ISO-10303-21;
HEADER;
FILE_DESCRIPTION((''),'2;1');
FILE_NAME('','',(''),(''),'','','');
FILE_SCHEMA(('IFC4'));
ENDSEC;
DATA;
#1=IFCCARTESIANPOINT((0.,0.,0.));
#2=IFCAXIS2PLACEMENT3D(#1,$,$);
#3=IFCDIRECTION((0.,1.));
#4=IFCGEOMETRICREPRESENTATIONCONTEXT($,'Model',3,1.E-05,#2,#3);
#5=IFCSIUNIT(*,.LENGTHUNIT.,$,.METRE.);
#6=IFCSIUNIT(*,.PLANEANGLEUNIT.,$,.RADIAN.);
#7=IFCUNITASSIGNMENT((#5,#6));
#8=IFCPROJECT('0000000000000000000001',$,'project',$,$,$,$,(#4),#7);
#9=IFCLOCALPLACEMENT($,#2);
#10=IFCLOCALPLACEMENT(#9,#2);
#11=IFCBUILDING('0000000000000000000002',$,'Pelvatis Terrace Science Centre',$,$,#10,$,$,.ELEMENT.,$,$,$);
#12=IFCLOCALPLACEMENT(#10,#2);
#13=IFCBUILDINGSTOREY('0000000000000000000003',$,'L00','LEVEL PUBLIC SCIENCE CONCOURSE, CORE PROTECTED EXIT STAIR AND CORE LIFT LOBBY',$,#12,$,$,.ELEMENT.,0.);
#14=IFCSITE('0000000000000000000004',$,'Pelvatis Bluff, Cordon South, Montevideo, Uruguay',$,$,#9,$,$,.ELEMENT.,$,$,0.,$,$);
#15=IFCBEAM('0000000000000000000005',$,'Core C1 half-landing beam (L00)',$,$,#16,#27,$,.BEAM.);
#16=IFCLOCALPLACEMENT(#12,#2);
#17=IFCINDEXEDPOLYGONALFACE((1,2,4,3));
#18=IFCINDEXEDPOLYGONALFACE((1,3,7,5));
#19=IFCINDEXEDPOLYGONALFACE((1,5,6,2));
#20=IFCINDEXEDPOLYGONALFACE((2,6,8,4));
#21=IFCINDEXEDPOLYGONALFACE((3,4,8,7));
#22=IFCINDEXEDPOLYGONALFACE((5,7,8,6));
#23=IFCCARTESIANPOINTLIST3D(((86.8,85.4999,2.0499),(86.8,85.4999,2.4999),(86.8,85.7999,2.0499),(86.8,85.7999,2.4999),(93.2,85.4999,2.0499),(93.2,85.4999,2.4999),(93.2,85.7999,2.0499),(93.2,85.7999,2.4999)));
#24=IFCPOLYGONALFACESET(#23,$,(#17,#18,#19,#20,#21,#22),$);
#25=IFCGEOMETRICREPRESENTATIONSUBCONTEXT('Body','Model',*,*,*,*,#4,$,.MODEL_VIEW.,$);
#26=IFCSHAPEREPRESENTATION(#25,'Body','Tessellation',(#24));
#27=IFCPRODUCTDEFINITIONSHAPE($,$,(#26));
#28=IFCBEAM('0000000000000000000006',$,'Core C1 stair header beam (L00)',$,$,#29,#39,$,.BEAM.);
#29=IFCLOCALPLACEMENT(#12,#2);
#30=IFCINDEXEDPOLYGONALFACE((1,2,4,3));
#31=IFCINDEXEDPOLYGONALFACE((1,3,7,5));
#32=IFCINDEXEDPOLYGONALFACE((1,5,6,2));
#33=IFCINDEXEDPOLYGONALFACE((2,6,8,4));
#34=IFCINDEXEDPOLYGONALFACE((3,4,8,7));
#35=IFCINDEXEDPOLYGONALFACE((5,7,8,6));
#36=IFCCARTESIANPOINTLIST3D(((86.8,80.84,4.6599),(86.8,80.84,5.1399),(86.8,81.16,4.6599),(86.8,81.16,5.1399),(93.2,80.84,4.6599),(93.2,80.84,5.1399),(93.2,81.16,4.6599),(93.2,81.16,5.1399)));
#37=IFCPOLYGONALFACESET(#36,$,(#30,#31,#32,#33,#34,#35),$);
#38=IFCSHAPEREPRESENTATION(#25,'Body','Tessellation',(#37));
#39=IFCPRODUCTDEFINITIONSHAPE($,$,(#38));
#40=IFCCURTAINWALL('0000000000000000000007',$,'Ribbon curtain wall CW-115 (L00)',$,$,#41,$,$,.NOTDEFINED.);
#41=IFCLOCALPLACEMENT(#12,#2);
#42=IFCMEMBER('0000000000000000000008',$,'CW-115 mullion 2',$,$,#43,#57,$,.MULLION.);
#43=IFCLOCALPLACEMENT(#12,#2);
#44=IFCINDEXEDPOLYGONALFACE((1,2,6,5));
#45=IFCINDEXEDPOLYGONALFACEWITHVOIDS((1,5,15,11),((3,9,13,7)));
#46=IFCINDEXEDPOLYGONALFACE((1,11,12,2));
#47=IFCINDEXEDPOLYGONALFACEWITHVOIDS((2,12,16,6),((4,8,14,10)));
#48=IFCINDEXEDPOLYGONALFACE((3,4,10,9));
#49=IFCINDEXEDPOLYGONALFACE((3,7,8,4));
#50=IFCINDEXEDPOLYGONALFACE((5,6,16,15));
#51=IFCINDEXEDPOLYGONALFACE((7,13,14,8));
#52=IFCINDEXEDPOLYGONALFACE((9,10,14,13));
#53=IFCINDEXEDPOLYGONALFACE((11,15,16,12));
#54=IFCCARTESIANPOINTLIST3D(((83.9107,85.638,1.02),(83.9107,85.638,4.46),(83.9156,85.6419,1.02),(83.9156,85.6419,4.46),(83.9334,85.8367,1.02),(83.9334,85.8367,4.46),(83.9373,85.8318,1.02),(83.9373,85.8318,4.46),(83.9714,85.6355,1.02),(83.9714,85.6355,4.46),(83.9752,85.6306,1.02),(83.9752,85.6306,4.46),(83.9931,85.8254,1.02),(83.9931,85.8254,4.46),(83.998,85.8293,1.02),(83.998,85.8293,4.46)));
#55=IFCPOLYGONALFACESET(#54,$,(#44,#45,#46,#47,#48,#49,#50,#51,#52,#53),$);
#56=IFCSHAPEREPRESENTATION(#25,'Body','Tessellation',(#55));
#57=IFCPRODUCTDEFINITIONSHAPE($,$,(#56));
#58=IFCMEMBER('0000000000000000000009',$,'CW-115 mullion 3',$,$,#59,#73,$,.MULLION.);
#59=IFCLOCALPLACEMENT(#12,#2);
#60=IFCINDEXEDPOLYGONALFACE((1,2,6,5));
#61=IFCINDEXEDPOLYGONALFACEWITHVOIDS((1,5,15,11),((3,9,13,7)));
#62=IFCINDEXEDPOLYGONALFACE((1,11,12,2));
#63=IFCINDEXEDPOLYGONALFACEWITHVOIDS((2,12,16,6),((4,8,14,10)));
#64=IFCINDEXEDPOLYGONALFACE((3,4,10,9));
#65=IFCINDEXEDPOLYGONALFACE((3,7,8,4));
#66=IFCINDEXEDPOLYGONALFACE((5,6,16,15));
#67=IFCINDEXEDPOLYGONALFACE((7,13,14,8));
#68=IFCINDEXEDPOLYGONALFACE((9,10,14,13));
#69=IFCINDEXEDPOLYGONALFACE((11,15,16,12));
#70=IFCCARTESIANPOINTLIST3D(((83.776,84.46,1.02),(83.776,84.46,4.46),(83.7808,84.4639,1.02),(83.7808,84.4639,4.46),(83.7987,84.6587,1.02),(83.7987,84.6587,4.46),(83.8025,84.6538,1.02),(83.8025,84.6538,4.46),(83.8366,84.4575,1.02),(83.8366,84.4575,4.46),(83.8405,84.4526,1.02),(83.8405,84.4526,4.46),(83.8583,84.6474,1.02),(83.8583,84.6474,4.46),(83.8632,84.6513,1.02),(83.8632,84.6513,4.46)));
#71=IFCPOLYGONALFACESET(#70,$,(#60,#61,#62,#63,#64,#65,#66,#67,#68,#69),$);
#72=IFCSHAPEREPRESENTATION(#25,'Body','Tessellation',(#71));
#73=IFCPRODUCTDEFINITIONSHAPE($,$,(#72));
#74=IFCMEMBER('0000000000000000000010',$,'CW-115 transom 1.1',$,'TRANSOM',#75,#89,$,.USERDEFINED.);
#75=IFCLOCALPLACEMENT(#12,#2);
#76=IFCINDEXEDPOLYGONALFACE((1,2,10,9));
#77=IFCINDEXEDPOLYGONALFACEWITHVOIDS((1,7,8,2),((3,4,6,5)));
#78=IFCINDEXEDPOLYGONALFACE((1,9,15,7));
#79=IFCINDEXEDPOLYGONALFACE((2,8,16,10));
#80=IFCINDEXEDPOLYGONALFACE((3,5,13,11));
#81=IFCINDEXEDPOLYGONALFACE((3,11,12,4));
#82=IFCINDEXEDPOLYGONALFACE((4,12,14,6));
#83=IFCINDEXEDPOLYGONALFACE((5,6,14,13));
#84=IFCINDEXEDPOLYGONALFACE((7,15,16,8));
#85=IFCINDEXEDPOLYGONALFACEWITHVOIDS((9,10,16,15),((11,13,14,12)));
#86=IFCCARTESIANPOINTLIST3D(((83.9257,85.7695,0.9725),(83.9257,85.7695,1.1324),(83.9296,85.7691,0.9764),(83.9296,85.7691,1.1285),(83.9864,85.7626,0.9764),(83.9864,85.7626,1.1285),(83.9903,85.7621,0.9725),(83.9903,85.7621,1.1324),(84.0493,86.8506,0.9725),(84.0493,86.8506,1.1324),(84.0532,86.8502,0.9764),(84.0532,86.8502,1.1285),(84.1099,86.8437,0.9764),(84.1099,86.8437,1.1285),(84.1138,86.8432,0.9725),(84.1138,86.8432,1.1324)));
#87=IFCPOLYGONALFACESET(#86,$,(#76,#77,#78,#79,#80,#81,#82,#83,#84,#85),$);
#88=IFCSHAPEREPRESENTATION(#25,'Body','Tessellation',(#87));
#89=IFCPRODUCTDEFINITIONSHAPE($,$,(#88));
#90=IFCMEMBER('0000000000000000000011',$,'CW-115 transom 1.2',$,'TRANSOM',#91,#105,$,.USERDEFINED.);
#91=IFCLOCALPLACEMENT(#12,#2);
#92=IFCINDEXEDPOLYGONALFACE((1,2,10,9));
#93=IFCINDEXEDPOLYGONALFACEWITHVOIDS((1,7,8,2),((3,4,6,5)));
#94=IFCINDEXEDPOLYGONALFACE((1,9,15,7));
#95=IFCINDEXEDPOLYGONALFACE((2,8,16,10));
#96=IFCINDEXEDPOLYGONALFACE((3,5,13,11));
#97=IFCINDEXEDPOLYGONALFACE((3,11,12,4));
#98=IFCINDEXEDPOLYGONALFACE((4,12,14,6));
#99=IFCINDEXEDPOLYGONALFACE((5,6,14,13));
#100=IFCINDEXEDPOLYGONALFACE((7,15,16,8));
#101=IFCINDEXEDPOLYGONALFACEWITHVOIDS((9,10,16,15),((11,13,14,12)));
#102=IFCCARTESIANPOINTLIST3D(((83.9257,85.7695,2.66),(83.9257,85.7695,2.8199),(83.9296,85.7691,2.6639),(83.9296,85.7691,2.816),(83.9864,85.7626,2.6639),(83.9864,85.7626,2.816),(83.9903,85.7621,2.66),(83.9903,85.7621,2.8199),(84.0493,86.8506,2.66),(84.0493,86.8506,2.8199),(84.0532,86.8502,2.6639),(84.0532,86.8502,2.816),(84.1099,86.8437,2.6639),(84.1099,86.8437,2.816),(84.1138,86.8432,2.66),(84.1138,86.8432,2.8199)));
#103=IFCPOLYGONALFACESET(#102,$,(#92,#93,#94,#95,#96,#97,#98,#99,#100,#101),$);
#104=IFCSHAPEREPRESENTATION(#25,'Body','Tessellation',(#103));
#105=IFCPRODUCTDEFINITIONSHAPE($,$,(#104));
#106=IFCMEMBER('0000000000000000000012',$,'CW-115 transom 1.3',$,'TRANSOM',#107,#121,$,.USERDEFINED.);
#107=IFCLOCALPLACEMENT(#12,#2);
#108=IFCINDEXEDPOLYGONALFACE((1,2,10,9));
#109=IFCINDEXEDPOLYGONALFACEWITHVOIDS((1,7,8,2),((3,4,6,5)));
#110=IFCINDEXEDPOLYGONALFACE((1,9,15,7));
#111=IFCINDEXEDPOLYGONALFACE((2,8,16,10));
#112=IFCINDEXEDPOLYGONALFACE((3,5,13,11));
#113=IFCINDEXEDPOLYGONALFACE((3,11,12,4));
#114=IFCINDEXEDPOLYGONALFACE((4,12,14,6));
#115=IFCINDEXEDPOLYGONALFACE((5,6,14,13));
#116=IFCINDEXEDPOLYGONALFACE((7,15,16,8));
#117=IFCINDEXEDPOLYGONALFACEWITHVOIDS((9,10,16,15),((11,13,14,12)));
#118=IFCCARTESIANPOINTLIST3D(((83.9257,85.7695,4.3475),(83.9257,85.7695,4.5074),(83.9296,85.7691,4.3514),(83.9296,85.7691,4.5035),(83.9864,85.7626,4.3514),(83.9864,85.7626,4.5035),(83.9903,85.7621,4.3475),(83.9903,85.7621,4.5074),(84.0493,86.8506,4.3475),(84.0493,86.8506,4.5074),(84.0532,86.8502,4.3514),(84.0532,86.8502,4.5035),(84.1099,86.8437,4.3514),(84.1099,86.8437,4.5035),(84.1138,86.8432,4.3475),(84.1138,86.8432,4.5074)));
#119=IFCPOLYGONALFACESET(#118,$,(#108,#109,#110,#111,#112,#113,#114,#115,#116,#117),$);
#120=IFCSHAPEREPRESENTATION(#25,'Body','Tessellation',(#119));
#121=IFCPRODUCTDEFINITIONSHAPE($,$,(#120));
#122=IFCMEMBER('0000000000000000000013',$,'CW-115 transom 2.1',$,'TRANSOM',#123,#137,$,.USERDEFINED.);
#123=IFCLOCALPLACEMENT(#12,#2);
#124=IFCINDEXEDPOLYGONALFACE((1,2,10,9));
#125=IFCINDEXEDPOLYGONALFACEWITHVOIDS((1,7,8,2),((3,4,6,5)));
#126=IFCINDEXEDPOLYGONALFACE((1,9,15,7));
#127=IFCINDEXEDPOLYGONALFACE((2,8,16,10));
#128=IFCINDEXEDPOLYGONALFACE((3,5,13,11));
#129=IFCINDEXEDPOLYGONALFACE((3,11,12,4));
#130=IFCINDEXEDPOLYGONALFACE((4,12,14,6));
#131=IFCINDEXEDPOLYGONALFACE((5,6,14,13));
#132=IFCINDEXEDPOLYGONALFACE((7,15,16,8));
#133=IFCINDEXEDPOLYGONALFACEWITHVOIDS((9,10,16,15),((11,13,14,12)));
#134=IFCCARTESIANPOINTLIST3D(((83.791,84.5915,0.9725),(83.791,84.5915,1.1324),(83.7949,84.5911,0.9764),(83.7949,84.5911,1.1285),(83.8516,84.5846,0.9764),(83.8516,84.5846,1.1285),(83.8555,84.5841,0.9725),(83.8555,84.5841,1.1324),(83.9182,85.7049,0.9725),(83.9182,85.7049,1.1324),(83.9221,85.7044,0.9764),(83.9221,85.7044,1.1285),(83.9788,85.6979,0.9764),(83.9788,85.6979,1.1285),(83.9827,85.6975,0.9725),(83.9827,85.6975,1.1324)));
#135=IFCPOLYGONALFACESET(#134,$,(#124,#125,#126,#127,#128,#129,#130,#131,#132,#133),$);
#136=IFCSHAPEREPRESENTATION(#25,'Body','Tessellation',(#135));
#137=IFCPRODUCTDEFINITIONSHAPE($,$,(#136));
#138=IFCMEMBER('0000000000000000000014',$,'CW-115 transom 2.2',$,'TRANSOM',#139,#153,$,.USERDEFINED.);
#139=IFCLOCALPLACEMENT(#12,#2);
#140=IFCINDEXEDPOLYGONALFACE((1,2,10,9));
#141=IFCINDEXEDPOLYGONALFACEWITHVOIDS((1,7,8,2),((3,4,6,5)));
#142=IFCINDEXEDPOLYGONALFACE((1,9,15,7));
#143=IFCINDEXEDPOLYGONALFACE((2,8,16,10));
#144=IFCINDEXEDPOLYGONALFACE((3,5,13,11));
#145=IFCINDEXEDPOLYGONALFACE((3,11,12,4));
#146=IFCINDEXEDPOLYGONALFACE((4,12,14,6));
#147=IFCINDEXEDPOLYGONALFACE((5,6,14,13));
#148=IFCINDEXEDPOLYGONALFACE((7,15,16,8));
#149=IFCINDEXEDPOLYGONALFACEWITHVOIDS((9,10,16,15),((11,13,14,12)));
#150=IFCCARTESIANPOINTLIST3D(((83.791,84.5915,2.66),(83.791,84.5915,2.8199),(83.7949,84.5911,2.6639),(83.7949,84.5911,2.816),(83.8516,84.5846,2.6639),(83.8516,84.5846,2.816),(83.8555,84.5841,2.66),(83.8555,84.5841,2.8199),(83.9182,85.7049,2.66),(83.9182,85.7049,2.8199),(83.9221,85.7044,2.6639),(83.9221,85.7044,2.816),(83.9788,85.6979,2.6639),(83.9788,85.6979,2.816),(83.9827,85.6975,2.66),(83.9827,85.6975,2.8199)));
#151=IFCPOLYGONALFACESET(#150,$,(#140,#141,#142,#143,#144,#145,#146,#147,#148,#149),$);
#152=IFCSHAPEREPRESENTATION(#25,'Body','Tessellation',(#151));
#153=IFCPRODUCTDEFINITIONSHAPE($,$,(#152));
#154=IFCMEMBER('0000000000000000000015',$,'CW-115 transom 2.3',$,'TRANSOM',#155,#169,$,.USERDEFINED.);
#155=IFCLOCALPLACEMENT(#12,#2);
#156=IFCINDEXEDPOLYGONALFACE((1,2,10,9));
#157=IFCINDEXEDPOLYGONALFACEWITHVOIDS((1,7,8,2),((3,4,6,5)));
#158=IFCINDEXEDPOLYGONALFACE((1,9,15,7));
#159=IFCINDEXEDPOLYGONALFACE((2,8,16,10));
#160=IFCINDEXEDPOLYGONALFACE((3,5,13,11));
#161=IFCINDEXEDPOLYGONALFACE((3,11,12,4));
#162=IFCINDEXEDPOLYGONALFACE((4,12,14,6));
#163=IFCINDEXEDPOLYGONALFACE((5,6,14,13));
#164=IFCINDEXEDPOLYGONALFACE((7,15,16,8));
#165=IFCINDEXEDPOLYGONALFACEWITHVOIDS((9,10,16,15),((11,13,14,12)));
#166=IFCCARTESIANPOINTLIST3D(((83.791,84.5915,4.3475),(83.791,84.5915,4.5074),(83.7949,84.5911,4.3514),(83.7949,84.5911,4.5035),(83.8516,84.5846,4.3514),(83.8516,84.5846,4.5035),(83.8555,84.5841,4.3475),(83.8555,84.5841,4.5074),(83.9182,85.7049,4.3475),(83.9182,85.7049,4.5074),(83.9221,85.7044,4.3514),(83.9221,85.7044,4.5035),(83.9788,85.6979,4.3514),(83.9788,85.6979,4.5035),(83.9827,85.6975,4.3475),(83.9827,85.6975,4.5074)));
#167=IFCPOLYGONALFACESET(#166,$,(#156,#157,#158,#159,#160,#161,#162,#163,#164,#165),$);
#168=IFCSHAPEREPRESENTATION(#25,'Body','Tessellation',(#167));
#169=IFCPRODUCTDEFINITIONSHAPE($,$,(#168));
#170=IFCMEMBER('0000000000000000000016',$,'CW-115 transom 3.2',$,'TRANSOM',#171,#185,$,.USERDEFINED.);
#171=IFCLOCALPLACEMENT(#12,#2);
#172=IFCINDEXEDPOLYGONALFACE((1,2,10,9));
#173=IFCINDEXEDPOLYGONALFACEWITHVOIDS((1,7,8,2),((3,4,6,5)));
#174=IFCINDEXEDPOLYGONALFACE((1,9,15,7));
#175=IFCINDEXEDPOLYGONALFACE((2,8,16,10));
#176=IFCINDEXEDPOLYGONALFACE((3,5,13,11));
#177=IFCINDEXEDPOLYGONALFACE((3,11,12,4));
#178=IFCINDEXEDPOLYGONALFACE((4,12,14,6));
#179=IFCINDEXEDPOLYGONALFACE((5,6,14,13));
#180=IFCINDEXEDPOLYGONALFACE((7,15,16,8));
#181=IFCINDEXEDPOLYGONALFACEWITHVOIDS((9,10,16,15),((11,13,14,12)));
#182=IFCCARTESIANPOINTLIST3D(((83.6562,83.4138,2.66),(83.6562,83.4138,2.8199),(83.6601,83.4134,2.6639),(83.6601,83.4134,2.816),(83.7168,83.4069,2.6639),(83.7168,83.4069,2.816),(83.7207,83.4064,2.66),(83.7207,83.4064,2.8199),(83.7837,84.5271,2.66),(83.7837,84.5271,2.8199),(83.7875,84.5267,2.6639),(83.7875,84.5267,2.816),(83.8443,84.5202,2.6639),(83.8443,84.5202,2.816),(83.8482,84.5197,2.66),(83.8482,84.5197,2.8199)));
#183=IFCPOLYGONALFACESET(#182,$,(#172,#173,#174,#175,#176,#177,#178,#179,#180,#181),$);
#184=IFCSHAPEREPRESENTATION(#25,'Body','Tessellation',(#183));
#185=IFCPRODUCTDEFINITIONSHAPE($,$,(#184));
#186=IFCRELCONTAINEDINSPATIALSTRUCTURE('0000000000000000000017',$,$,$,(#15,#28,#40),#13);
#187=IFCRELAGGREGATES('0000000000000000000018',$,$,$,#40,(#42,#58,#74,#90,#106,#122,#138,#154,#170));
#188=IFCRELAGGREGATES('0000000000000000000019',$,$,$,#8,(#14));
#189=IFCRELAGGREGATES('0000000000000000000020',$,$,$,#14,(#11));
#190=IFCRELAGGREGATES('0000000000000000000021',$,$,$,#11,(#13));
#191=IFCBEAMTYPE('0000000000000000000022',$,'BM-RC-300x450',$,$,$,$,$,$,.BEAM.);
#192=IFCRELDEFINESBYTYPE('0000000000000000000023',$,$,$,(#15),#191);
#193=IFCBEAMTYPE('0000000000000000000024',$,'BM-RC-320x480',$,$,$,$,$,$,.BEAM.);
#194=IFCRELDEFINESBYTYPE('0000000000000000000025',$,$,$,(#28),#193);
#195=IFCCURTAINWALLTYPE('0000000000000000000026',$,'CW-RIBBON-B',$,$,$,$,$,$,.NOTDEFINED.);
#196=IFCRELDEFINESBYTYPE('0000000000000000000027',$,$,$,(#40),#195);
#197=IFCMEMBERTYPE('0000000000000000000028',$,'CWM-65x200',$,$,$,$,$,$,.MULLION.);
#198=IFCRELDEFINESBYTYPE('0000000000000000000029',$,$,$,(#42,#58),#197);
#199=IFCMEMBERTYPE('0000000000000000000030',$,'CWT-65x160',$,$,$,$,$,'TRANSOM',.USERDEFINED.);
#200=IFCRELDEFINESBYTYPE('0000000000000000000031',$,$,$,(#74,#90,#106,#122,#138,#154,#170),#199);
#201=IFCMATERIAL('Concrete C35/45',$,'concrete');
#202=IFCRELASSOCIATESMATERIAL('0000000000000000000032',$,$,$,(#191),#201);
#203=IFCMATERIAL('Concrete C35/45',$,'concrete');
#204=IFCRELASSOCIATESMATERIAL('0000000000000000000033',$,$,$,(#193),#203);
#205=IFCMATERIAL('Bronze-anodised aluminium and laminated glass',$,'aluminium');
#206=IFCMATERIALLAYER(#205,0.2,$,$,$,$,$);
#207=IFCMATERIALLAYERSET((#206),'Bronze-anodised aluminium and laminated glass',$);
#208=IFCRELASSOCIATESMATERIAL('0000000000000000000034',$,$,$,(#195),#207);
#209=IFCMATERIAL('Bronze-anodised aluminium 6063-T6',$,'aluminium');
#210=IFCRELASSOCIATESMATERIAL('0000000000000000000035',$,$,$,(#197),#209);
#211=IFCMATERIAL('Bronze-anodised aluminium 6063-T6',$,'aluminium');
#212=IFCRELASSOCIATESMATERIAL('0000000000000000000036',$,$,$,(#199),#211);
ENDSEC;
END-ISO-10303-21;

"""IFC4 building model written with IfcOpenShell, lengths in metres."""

from ifc_helpers import new_model, si_unit, direction, frame, origin, origin_2d, place, context, subcontext, project, spatial, rectangle, hollow_rectangle, extrude, material, layer, layer_set, material_profile, profile_set, type_object, element, aggregate, save


model = new_model("IFC4")

# Units and contexts
model_context = context("Model", 3, precision=1e-05, world=origin(), true_north=direction((0.0, 1.0)))
body_context = subcontext(model_context, "Body", "Model", "MODEL_VIEW")
ifc_project = project(units=[si_unit("LENGTHUNIT", "METRE"), si_unit("PLANEANGLEUNIT", "RADIAN")], contexts=[model_context])

# Site, building, storey
site_placement = place(None, origin())
site = spatial("IfcSite", under=ifc_project, at=site_placement, Name="Pelvatis Bluff, Cordon South, Montevideo, Uruguay", CompositionType="ELEMENT", RefElevation=0.0)
building_placement = place(site_placement, origin())
building = spatial("IfcBuilding", under=site, at=building_placement, Name="Pelvatis Terrace Science Centre", CompositionType="ELEMENT")
storey_placement = place(building_placement, origin())
storey = spatial("IfcBuildingStorey", under=building, at=storey_placement, Name="L00", Description="LEVEL PUBLIC SCIENCE CONCOURSE, CORE PROTECTED EXIT STAIR AND CORE LIFT LOBBY", CompositionType="ELEMENT", Elevation=0.0)

# Beams
ifc_material_1 = material(Name="Concrete C35/45", Category="concrete")
ifc_material_profile_1 = material_profile(ifc_material_1, rectangle(XDim=0.3, YDim=0.45, at=origin_2d()), Name="RC-BM 300x450")
ifc_profile_set_1 = profile_set([ifc_material_profile_1], Name="Concrete C35/45")
beam_type_1 = type_object("IfcBeamType", Name="BM-RC-300x450", PredefinedType="BEAM", material=ifc_profile_set_1)
beam_1_placement = place(storey_placement, frame((86.8, 85.6499, 2.2749), z_axis=(1.0, 0.0, 0.0), x_axis=(0.0, 1.0, 0.0)))
element("IfcBeam", 1, at=beam_1_placement, inside=storey, type_object=beam_type_1, Name="Core C1 half-landing beam (L00)", PredefinedType="BEAM", context=body_context, shape_type="SweptSolid", body=[
    extrude(rectangle(XDim=0.3, YDim=0.45, at=origin_2d()), origin(), (0.0, 0.0, 1.0), 6.3999),
])
ifc_material_2 = material(Name="Concrete C35/45", Category="concrete")
ifc_material_profile_2 = material_profile(ifc_material_2, rectangle(XDim=0.3201, YDim=0.48, at=origin_2d()), Name="RC-BM 320x480")
ifc_profile_set_2 = profile_set([ifc_material_profile_2], Name="Concrete C35/45")
beam_type_2 = type_object("IfcBeamType", Name="BM-RC-320x480", PredefinedType="BEAM", material=ifc_profile_set_2)
beam_2_placement = place(storey_placement, frame((86.8, 81.0, 4.8999), z_axis=(1.0, 0.0, 0.0), x_axis=(0.0, 1.0, 0.0)))
element("IfcBeam", 2, at=beam_2_placement, inside=storey, type_object=beam_type_2, Name="Core C1 stair header beam (L00)", PredefinedType="BEAM", context=body_context, shape_type="SweptSolid", body=[
    extrude(rectangle(XDim=0.3201, YDim=0.48, at=origin_2d()), origin(), (0.0, 0.0, 1.0), 6.3999),
])

# Curtain wall, members
ifc_material_3 = material(Name="Bronze-anodised aluminium and laminated glass", Category="aluminium")
ifc_layer_1 = layer(ifc_material_3, 0.2)
ifc_layer_set_1 = layer_set([ifc_layer_1], Name="Bronze-anodised aluminium and laminated glass")
curtain_wall_type = type_object("IfcCurtainWallType", Name="CW-RIBBON-B", PredefinedType="NOTDEFINED", material=ifc_layer_set_1)
curtain_wall_placement = place(storey_placement, origin())
curtain_wall = element("IfcCurtainWall", 3, at=curtain_wall_placement, inside=storey, type_object=curtain_wall_type, Name="Ribbon curtain wall CW-115 (L00)", PredefinedType="NOTDEFINED")
ifc_material_4 = material(Name="Bronze-anodised aluminium 6063-T6", Category="aluminium")
ifc_material_profile_3 = material_profile(ifc_material_4, hollow_rectangle(XDim=0.0649, YDim=0.2, WallThickness=0.0044, at=origin_2d()), Name="ALU-MUL 65x200")
ifc_profile_set_3 = profile_set([ifc_material_profile_3], Name="Bronze-anodised aluminium 6063-T6")
member_type_1 = type_object("IfcMemberType", Name="CWM-65x200", PredefinedType="MULLION", material=ifc_profile_set_3)
member_1_placement = place(storey_placement, frame((83.9543, 85.7336, 1.02), z_axis=(0.0, 0.0, 1.0), x_axis=(0.993519, -0.113662, 0.0)))
member_1 = element("IfcMember", 4, at=member_1_placement, type_object=member_type_1, Name="CW-115 mullion 2", PredefinedType="MULLION", context=body_context, shape_type="SweptSolid", body=[
    extrude(hollow_rectangle(XDim=0.0649, YDim=0.2, WallThickness=0.0044, at=origin_2d()), origin(), (0.0, 0.0, 1.0), 3.4399),
])
member_2_placement = place(storey_placement, frame((83.8196, 84.5557, 1.02), z_axis=(0.0, 0.0, 1.0), x_axis=(0.993519, -0.113662, 0.0)))
member_2 = element("IfcMember", 5, at=member_2_placement, type_object=member_type_1, Name="CW-115 mullion 3", PredefinedType="MULLION", context=body_context, shape_type="SweptSolid", body=[
    extrude(hollow_rectangle(XDim=0.0649, YDim=0.2, WallThickness=0.0044, at=origin_2d()), origin(), (0.0, 0.0, 1.0), 3.4399),
])
ifc_material_5 = material(Name="Bronze-anodised aluminium 6063-T6", Category="aluminium")
ifc_material_profile_4 = material_profile(ifc_material_5, hollow_rectangle(XDim=0.0649, YDim=0.1599, WallThickness=0.0039, at=origin_2d()), Name="ALU-TRN 65x160")
ifc_profile_set_4 = profile_set([ifc_material_profile_4], Name="Bronze-anodised aluminium 6063-T6")
member_type_2 = type_object("IfcMemberType", Name="CWT-65x160", ElementType="TRANSOM", PredefinedType="USERDEFINED", material=ifc_profile_set_4)
member_3_placement = place(storey_placement, frame((84.0815, 86.8469, 1.0525), z_axis=(-0.113534, -0.993534, 0.0), x_axis=(0.993534, -0.113534, 0.0)))
member_3 = element("IfcMember", 6, at=member_3_placement, type_object=member_type_2, Name="CW-115 transom 1.1", ObjectType="TRANSOM", PredefinedType="USERDEFINED", context=body_context, shape_type="SweptSolid", body=[
    extrude(hollow_rectangle(XDim=0.0649, YDim=0.1599, WallThickness=0.0039, at=origin_2d()), origin(), (0.0, 0.0, 1.0), 1.0881),
])
member_4_placement = place(storey_placement, frame((84.0815, 86.8469, 2.74), z_axis=(-0.113534, -0.993534, 0.0), x_axis=(0.993534, -0.113534, 0.0)))
member_4 = element("IfcMember", 7, at=member_4_placement, type_object=member_type_2, Name="CW-115 transom 1.2", ObjectType="TRANSOM", PredefinedType="USERDEFINED", context=body_context, shape_type="SweptSolid", body=[
    extrude(hollow_rectangle(XDim=0.0649, YDim=0.1599, WallThickness=0.0039, at=origin_2d()), origin(), (0.0, 0.0, 1.0), 1.0881),
])
member_5_placement = place(storey_placement, frame((84.0815, 86.8469, 4.4275), z_axis=(-0.113534, -0.993534, 0.0), x_axis=(0.993534, -0.113534, 0.0)))
member_5 = element("IfcMember", 8, at=member_5_placement, type_object=member_type_2, Name="CW-115 transom 1.3", ObjectType="TRANSOM", PredefinedType="USERDEFINED", context=body_context, shape_type="SweptSolid", body=[
    extrude(hollow_rectangle(XDim=0.0649, YDim=0.1599, WallThickness=0.0039, at=origin_2d()), origin(), (0.0, 0.0, 1.0), 1.0881),
])
member_6_placement = place(storey_placement, frame((83.9504, 85.7012, 1.0525), z_axis=(-0.113516, -0.993536, 0.0), x_axis=(0.993536, -0.113516, 0.0)))
member_6 = element("IfcMember", 9, at=member_6_placement, type_object=member_type_2, Name="CW-115 transom 2.1", ObjectType="TRANSOM", PredefinedType="USERDEFINED", context=body_context, shape_type="SweptSolid", body=[
    extrude(hollow_rectangle(XDim=0.0649, YDim=0.1599, WallThickness=0.0039, at=origin_2d()), origin(), (0.0, 0.0, 1.0), 1.1206),
])
member_7_placement = place(storey_placement, frame((83.9504, 85.7012, 2.74), z_axis=(-0.113516, -0.993536, 0.0), x_axis=(0.993536, -0.113516, 0.0)))
member_7 = element("IfcMember", 10, at=member_7_placement, type_object=member_type_2, Name="CW-115 transom 2.2", ObjectType="TRANSOM", PredefinedType="USERDEFINED", context=body_context, shape_type="SweptSolid", body=[
    extrude(hollow_rectangle(XDim=0.0649, YDim=0.1599, WallThickness=0.0039, at=origin_2d()), origin(), (0.0, 0.0, 1.0), 1.1206),
])
member_8_placement = place(storey_placement, frame((83.9504, 85.7012, 4.4275), z_axis=(-0.113516, -0.993536, 0.0), x_axis=(0.993536, -0.113516, 0.0)))
member_8 = element("IfcMember", 11, at=member_8_placement, type_object=member_type_2, Name="CW-115 transom 2.3", ObjectType="TRANSOM", PredefinedType="USERDEFINED", context=body_context, shape_type="SweptSolid", body=[
    extrude(hollow_rectangle(XDim=0.0649, YDim=0.1599, WallThickness=0.0039, at=origin_2d()), origin(), (0.0, 0.0, 1.0), 1.1206),
])
member_9_placement = place(storey_placement, frame((83.8159, 84.5234, 2.74), z_axis=(-0.113731, -0.993512, 0.0), x_axis=(0.993512, -0.113731, 0.0)))
member_9 = element("IfcMember", 12, at=member_9_placement, type_object=member_type_2, Name="CW-115 transom 3.2", ObjectType="TRANSOM", PredefinedType="USERDEFINED", context=body_context, shape_type="SweptSolid", body=[
    extrude(hollow_rectangle(XDim=0.0649, YDim=0.1599, WallThickness=0.0039, at=origin_2d()), origin(), (0.0, 0.0, 1.0), 1.1206),
])
aggregate(curtain_wall, [member_1, member_2, member_3, member_4, member_5, member_6, member_7, member_8, member_9])

save(model, "model.ifc")
